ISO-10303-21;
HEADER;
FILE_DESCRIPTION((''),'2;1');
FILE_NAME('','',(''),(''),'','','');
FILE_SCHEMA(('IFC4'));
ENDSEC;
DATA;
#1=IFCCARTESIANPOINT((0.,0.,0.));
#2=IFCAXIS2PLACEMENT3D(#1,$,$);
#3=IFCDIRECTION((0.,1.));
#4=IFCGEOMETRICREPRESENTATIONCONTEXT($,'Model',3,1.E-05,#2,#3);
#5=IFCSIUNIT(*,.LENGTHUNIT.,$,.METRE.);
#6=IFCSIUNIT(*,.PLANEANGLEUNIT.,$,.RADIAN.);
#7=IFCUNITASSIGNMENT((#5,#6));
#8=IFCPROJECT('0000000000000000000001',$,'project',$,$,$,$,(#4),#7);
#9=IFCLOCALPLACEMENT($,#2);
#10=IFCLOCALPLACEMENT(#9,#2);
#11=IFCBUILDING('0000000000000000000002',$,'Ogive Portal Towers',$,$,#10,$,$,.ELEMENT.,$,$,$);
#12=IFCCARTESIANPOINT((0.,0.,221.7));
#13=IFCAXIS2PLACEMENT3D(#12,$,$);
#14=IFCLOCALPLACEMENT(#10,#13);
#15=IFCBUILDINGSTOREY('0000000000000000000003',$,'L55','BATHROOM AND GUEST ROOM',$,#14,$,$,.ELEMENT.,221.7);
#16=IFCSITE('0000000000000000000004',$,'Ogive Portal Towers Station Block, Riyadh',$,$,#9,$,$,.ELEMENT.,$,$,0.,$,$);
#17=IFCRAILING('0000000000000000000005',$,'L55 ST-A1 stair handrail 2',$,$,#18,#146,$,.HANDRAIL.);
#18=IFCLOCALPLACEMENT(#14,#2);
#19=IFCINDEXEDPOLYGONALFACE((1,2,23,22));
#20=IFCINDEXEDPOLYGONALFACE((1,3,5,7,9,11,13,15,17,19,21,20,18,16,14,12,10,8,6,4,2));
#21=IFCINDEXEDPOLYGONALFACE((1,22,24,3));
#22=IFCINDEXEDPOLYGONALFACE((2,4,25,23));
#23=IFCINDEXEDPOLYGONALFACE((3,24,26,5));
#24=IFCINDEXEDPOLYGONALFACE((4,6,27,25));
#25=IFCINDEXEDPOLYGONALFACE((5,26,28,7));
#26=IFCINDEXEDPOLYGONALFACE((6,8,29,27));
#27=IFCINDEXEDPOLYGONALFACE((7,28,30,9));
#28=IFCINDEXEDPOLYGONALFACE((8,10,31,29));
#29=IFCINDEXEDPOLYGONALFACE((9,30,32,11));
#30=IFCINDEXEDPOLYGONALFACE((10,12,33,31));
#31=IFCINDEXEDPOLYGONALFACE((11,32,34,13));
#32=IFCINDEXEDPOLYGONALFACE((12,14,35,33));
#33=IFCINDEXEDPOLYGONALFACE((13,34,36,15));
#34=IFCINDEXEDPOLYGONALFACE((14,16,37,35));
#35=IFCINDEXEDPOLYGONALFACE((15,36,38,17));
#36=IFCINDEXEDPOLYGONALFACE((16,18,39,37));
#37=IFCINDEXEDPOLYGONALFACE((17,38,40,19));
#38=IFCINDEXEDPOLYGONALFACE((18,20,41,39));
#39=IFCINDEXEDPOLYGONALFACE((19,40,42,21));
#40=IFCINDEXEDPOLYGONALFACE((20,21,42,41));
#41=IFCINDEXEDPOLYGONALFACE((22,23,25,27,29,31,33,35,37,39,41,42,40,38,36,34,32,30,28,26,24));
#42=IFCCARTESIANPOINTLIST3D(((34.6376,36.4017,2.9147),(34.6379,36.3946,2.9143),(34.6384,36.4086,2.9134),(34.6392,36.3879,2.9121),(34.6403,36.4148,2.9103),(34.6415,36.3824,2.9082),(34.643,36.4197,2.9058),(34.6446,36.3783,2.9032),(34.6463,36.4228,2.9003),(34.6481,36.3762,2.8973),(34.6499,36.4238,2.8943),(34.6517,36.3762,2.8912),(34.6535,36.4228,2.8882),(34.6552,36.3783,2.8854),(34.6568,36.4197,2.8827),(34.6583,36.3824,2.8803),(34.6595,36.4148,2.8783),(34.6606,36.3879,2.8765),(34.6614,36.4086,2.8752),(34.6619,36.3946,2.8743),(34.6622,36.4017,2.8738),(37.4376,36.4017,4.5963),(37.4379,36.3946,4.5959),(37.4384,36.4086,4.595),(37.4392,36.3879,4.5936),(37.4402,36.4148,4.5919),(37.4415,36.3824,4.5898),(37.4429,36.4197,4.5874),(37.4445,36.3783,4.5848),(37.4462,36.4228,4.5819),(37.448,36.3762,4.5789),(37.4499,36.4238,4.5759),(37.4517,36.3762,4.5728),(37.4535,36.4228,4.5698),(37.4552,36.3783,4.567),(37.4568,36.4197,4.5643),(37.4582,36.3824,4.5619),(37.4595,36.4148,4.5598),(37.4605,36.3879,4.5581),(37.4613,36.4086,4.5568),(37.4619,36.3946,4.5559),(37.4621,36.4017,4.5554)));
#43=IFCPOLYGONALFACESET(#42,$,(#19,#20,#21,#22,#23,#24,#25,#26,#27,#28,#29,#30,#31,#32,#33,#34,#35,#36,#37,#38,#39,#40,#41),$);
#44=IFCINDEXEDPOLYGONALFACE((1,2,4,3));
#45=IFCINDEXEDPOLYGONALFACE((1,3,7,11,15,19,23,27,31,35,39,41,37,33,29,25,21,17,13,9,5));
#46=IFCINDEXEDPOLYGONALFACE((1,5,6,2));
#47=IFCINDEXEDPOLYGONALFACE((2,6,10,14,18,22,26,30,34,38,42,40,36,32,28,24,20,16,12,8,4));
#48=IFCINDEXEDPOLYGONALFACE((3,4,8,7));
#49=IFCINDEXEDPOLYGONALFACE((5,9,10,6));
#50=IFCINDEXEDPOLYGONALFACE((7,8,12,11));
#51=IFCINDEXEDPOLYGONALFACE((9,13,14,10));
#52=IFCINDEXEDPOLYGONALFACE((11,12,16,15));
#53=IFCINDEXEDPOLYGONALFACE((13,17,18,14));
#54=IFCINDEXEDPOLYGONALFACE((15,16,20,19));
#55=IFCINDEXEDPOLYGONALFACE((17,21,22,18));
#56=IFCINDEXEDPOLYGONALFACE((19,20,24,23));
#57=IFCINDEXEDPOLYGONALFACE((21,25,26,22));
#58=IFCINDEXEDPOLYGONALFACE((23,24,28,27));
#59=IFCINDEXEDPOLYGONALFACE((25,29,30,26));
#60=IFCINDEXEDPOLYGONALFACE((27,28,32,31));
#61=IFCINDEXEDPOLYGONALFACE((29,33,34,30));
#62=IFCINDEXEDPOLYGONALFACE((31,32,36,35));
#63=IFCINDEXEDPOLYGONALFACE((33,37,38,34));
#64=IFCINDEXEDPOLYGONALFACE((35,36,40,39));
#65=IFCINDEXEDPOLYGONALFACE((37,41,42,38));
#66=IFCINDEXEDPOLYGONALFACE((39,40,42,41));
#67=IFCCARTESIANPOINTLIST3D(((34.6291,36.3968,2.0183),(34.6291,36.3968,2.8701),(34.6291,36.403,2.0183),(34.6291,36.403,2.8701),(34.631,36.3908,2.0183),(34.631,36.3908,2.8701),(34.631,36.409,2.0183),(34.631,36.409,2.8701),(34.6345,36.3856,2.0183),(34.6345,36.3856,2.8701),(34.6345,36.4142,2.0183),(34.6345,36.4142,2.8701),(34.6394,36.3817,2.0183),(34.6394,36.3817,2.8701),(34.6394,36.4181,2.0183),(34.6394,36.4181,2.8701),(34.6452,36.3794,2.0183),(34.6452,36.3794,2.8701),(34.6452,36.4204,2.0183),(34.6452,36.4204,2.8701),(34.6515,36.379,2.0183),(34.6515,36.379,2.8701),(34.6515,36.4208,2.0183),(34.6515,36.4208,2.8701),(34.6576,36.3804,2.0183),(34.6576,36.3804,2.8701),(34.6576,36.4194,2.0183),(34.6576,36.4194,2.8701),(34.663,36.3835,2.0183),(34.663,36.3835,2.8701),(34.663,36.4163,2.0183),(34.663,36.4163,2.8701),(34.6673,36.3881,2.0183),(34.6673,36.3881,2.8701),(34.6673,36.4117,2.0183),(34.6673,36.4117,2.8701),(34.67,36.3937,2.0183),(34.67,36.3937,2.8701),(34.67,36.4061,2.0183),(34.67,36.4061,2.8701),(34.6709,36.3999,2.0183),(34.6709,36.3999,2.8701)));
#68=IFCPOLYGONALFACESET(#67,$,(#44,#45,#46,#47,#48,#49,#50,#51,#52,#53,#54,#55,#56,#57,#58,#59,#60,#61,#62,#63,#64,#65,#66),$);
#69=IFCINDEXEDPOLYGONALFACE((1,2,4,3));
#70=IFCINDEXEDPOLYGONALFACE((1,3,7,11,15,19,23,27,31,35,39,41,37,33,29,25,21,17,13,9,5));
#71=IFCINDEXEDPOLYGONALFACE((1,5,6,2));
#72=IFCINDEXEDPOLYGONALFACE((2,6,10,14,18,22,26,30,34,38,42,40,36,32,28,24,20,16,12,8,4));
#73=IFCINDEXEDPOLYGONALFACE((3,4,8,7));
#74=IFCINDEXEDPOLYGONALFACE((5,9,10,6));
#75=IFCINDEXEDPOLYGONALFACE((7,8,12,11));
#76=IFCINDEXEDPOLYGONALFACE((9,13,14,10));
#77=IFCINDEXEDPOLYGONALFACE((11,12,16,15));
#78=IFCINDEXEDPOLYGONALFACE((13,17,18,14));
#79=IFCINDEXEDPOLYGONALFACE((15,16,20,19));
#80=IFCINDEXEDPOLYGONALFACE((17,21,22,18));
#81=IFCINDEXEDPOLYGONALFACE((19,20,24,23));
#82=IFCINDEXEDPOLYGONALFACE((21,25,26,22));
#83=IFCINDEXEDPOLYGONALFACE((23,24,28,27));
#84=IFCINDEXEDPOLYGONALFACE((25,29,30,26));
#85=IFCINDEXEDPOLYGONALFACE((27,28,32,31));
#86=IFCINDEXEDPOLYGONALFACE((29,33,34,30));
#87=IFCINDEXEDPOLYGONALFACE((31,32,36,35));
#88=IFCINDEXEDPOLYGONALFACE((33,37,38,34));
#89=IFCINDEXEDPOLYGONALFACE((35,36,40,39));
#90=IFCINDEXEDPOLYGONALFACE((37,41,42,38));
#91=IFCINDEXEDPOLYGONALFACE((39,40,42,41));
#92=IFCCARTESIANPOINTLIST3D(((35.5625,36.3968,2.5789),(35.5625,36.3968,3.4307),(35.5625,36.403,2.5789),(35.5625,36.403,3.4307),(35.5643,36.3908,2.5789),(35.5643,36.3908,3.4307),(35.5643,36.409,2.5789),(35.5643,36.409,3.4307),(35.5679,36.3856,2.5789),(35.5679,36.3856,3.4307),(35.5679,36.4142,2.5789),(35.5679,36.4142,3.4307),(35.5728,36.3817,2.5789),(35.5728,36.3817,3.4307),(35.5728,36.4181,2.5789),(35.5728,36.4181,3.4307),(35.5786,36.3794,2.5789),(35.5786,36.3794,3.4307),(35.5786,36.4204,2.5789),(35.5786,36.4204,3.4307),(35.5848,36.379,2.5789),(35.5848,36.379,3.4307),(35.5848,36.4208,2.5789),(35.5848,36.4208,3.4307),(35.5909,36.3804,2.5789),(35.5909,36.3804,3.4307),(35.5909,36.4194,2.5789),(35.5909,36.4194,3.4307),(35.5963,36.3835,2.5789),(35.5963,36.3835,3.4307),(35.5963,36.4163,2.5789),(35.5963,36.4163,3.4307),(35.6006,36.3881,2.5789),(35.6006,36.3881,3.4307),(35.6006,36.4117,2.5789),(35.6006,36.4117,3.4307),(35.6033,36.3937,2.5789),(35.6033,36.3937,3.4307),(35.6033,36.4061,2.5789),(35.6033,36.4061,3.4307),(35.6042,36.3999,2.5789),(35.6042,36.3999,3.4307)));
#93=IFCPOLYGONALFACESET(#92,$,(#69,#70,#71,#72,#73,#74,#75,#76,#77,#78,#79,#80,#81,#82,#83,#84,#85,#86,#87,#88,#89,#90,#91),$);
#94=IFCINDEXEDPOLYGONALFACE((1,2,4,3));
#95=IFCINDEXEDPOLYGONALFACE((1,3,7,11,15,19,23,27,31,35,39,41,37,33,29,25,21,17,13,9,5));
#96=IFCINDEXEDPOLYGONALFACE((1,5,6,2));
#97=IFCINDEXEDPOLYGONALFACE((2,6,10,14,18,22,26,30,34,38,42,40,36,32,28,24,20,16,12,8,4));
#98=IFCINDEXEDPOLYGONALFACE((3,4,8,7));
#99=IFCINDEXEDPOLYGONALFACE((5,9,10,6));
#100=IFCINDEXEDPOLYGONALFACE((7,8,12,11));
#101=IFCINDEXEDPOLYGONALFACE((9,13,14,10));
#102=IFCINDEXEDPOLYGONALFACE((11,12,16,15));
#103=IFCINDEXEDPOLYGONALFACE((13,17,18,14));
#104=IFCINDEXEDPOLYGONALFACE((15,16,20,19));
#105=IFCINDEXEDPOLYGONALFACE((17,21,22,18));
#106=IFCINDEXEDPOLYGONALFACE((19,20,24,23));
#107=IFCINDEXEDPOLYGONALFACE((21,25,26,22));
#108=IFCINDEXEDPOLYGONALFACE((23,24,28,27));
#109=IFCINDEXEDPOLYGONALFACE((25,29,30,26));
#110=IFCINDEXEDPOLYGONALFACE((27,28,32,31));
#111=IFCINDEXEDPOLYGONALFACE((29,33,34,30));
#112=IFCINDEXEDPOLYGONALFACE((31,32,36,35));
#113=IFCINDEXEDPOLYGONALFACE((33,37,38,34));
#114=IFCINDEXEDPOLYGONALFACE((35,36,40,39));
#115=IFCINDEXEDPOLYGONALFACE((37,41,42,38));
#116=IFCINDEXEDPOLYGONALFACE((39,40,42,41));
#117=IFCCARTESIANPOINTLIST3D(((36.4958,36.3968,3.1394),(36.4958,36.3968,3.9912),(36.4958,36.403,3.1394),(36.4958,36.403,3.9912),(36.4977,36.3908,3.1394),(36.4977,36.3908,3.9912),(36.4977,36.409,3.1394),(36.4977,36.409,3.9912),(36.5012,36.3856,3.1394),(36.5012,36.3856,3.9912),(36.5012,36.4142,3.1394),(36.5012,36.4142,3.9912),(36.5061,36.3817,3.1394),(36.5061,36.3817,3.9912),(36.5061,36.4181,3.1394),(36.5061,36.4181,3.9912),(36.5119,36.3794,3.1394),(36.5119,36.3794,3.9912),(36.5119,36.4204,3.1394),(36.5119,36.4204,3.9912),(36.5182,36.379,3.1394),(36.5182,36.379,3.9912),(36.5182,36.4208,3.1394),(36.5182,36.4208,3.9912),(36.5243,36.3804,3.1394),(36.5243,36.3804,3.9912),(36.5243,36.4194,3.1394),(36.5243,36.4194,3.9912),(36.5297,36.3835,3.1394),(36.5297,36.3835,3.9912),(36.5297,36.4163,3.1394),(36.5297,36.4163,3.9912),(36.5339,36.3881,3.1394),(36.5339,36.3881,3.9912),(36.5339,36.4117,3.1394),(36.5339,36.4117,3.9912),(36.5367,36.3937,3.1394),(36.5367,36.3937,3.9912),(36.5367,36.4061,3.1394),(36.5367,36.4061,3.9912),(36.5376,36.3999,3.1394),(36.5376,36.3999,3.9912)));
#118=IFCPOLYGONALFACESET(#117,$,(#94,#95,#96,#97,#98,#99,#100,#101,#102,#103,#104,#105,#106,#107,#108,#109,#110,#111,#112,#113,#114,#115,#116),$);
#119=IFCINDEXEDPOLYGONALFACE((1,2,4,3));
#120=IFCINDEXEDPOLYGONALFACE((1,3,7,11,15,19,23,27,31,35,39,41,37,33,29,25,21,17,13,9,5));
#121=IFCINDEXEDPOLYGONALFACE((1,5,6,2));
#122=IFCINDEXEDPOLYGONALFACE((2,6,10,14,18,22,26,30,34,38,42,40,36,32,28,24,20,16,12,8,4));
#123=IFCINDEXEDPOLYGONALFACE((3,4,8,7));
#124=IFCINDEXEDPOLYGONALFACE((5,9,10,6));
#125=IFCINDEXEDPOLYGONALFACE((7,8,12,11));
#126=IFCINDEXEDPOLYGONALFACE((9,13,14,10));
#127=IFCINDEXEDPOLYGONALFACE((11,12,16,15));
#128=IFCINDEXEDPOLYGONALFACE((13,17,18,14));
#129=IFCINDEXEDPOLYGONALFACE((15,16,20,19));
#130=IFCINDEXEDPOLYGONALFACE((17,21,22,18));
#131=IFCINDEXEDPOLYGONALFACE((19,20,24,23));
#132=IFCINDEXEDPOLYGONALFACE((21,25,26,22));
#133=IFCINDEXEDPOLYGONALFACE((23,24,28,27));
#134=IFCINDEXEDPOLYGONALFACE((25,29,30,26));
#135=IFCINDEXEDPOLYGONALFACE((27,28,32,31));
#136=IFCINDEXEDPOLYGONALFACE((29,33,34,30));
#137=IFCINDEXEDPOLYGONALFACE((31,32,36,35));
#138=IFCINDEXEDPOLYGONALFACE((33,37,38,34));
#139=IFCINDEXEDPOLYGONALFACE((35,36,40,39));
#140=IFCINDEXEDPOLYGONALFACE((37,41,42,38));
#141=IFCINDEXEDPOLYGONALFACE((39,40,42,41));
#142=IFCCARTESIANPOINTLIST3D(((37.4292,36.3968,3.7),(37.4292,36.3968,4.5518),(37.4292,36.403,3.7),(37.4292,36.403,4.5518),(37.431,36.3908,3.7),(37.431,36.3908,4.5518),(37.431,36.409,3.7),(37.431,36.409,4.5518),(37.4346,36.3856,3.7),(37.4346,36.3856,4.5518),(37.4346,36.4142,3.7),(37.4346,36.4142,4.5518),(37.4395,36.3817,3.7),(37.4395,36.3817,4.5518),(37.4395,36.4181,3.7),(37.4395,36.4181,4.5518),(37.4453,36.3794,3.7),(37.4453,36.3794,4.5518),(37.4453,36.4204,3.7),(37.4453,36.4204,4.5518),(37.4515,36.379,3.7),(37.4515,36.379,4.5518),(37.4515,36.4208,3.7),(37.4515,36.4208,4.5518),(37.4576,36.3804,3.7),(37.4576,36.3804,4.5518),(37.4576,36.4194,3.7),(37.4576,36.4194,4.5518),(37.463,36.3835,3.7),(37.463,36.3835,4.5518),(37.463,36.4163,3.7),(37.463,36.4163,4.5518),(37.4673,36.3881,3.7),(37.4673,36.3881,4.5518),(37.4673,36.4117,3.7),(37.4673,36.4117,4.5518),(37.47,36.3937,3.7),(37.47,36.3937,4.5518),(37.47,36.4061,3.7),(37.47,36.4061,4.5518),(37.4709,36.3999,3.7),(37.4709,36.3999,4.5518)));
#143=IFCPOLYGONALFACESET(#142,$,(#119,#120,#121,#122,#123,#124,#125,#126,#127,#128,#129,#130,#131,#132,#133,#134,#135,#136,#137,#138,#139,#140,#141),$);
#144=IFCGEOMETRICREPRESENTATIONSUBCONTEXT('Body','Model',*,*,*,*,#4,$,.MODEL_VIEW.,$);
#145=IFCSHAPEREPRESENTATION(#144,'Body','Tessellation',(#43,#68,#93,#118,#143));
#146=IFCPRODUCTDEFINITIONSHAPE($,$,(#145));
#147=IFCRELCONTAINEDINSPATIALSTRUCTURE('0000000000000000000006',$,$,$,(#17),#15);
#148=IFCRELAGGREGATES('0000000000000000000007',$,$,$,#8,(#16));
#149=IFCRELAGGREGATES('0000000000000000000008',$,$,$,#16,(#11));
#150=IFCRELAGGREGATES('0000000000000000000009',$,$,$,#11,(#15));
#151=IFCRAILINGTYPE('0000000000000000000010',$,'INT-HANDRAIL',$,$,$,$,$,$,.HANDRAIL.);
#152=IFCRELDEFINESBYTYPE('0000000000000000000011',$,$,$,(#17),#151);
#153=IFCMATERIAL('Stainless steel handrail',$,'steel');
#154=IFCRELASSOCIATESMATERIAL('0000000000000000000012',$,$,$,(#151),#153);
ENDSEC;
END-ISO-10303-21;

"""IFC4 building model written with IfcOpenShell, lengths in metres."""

from ifc_helpers import new_model, si_unit, direction, frame, origin, origin_2d, place, context, subcontext, project, spatial, circle, extrude, material, type_object, element, save


model = new_model("IFC4")

# Units and contexts
model_context = context("Model", 3, precision=1e-05, world=origin(), true_north=direction((0.0, 1.0)))
body_context = subcontext(model_context, "Body", "Model", "MODEL_VIEW")
ifc_project = project(units=[si_unit("LENGTHUNIT", "METRE"), si_unit("PLANEANGLEUNIT", "RADIAN")], contexts=[model_context])

# Site, building, storey
site_placement = place(None, origin())
site = spatial("IfcSite", under=ifc_project, at=site_placement, Name="Ogive Portal Towers Station Block, Riyadh", CompositionType="ELEMENT", RefElevation=0.0)
building_placement = place(site_placement, origin())
building = spatial("IfcBuilding", under=site, at=building_placement, Name="Ogive Portal Towers", CompositionType="ELEMENT")
storey_placement = place(building_placement, frame((0.0, 0.0, 221.7)))
storey = spatial("IfcBuildingStorey", under=building, at=storey_placement, Name="L55", Description="BATHROOM AND GUEST ROOM", CompositionType="ELEMENT", Elevation=221.7)

# Railing
ifc_material_1 = material(Name="Stainless steel handrail", Category="steel")
railing_type_1 = type_object("IfcRailingType", Name="INT-HANDRAIL", PredefinedType="HANDRAIL", material=ifc_material_1)
railing_1_placement = place(storey_placement, frame((34.6499, 36.3999, 2.0183)))
element("IfcRailing", 1, at=railing_1_placement, inside=storey, type_object=railing_type_1, Name="L55 ST-A1 stair handrail 2", PredefinedType="HANDRAIL", context=body_context, shape_type="SweptSolid", body=[
    extrude(circle(Radius=0.0239, at=origin_2d()), frame((0.0, 0.0, 0.876), z_axis=(0.857275, 0.0, 0.514858), x_axis=(0.0, 1.0, 0.0)), (0.0, 0.0, 1.0), 3.2661),
    extrude(circle(Radius=0.021, at=origin_2d()), origin(), (0.0, 0.0, 1.0), 0.8518),
    extrude(circle(Radius=0.021, at=origin_2d()), frame((0.9333, 0.0, 0.5605)), (0.0, 0.0, 1.0), 0.8518),
    extrude(circle(Radius=0.021, at=origin_2d()), frame((1.8667, 0.0, 1.1211)), (0.0, 0.0, 1.0), 0.8518),
    extrude(circle(Radius=0.021, at=origin_2d()), frame((2.8, 0.0, 1.6816)), (0.0, 0.0, 1.0), 0.8518),
])

save(model, "model.ifc")
